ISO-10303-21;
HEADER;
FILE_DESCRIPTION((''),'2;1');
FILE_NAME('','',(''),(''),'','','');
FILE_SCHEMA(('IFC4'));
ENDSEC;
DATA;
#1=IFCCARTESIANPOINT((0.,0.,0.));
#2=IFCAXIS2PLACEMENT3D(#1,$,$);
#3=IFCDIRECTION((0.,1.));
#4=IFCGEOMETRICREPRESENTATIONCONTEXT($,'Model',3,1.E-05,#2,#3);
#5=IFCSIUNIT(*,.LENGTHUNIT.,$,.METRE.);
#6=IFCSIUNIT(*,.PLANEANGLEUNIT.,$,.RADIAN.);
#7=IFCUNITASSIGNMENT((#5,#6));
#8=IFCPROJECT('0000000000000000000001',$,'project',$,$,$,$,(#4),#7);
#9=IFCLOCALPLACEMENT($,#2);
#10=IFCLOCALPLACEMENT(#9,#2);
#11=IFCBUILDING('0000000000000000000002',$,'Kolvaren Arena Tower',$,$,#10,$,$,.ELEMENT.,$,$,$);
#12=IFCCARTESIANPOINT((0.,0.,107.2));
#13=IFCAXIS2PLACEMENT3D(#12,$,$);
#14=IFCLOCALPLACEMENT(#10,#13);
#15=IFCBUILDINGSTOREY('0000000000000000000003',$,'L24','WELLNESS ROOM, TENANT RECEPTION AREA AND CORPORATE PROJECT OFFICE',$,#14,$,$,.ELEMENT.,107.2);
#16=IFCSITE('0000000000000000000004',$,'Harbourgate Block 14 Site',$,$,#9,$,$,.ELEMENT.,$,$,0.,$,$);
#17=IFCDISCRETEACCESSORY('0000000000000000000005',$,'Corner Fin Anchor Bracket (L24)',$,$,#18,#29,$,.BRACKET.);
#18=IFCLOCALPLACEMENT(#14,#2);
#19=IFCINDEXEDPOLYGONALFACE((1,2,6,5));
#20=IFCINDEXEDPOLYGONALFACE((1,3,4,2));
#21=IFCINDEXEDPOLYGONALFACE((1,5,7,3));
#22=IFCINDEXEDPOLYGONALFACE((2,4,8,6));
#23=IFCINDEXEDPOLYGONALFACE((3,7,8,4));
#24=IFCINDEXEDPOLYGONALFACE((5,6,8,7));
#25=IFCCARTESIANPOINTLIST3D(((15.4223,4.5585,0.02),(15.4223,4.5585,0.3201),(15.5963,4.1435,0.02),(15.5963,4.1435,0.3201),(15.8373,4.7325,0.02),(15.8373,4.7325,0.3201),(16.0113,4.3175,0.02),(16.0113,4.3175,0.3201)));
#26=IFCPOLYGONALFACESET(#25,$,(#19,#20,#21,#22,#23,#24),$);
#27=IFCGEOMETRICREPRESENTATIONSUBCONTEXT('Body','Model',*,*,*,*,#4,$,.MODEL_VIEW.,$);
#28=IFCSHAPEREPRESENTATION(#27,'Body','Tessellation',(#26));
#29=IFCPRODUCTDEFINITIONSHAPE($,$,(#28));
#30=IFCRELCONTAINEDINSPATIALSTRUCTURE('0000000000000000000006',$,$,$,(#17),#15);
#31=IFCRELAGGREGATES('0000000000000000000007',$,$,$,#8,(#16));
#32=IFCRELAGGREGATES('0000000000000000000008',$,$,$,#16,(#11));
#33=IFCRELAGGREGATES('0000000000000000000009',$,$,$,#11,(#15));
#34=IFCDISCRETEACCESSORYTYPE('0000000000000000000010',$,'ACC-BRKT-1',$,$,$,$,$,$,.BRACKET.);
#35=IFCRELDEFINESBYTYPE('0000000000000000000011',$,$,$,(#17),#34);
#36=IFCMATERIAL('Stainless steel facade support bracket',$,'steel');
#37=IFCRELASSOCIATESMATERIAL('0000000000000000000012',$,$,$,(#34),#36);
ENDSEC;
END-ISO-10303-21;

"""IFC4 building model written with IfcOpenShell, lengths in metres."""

from ifc_helpers import new_model, si_unit, direction, frame, origin, origin_2d, place, context, subcontext, project, spatial, rectangle, extrude, material, type_object, element, save


model = new_model("IFC4")

# Units and contexts
model_context = context("Model", 3, precision=1e-05, world=origin(), true_north=direction((0.0, 1.0)))
body_context = subcontext(model_context, "Body", "Model", "MODEL_VIEW")
ifc_project = project(units=[si_unit("LENGTHUNIT", "METRE"), si_unit("PLANEANGLEUNIT", "RADIAN")], contexts=[model_context])

# Site, building, storey
site_placement = place(None, origin())
site = spatial("IfcSite", under=ifc_project, at=site_placement, Name="Harbourgate Block 14 Site", CompositionType="ELEMENT", RefElevation=0.0)
building_placement = place(site_placement, origin())
building = spatial("IfcBuilding", under=site, at=building_placement, Name="Kolvaren Arena Tower", CompositionType="ELEMENT")
storey_placement = place(building_placement, frame((0.0, 0.0, 107.2)))
storey = spatial("IfcBuildingStorey", under=building, at=storey_placement, Name="L24", Description="WELLNESS ROOM, TENANT RECEPTION AREA AND CORPORATE PROJECT OFFICE", CompositionType="ELEMENT", Elevation=107.2)

# Discrete accessory
ifc_material_1 = material(Name="Stainless steel facade support bracket", Category="steel")
discrete_accessory_type = type_object("IfcDiscreteAccessoryType", Name="ACC-BRKT-1", PredefinedType="BRACKET", material=ifc_material_1)
for number, where, z_axis, x_axis, name in (
    (1, (15.7168, 4.438, 0.02), (0.0, 0.0, 1.0), (0.386706, -0.922203, 0.0), "Corner Fin Anchor Bracket (L24)"),
):
    element("IfcDiscreteAccessory", number, at=place(storey_placement, frame(where, z_axis=z_axis, x_axis=x_axis)), inside=storey, type_object=discrete_accessory_type, Name=name, PredefinedType="BRACKET", context=body_context, shape_type="SweptSolid", body=[
        extrude(rectangle(XDim=0.45, YDim=0.45, at=origin_2d()), origin(), (0.0, 0.0, 1.0), 0.3),
    ])

save(model, "model.ifc")
